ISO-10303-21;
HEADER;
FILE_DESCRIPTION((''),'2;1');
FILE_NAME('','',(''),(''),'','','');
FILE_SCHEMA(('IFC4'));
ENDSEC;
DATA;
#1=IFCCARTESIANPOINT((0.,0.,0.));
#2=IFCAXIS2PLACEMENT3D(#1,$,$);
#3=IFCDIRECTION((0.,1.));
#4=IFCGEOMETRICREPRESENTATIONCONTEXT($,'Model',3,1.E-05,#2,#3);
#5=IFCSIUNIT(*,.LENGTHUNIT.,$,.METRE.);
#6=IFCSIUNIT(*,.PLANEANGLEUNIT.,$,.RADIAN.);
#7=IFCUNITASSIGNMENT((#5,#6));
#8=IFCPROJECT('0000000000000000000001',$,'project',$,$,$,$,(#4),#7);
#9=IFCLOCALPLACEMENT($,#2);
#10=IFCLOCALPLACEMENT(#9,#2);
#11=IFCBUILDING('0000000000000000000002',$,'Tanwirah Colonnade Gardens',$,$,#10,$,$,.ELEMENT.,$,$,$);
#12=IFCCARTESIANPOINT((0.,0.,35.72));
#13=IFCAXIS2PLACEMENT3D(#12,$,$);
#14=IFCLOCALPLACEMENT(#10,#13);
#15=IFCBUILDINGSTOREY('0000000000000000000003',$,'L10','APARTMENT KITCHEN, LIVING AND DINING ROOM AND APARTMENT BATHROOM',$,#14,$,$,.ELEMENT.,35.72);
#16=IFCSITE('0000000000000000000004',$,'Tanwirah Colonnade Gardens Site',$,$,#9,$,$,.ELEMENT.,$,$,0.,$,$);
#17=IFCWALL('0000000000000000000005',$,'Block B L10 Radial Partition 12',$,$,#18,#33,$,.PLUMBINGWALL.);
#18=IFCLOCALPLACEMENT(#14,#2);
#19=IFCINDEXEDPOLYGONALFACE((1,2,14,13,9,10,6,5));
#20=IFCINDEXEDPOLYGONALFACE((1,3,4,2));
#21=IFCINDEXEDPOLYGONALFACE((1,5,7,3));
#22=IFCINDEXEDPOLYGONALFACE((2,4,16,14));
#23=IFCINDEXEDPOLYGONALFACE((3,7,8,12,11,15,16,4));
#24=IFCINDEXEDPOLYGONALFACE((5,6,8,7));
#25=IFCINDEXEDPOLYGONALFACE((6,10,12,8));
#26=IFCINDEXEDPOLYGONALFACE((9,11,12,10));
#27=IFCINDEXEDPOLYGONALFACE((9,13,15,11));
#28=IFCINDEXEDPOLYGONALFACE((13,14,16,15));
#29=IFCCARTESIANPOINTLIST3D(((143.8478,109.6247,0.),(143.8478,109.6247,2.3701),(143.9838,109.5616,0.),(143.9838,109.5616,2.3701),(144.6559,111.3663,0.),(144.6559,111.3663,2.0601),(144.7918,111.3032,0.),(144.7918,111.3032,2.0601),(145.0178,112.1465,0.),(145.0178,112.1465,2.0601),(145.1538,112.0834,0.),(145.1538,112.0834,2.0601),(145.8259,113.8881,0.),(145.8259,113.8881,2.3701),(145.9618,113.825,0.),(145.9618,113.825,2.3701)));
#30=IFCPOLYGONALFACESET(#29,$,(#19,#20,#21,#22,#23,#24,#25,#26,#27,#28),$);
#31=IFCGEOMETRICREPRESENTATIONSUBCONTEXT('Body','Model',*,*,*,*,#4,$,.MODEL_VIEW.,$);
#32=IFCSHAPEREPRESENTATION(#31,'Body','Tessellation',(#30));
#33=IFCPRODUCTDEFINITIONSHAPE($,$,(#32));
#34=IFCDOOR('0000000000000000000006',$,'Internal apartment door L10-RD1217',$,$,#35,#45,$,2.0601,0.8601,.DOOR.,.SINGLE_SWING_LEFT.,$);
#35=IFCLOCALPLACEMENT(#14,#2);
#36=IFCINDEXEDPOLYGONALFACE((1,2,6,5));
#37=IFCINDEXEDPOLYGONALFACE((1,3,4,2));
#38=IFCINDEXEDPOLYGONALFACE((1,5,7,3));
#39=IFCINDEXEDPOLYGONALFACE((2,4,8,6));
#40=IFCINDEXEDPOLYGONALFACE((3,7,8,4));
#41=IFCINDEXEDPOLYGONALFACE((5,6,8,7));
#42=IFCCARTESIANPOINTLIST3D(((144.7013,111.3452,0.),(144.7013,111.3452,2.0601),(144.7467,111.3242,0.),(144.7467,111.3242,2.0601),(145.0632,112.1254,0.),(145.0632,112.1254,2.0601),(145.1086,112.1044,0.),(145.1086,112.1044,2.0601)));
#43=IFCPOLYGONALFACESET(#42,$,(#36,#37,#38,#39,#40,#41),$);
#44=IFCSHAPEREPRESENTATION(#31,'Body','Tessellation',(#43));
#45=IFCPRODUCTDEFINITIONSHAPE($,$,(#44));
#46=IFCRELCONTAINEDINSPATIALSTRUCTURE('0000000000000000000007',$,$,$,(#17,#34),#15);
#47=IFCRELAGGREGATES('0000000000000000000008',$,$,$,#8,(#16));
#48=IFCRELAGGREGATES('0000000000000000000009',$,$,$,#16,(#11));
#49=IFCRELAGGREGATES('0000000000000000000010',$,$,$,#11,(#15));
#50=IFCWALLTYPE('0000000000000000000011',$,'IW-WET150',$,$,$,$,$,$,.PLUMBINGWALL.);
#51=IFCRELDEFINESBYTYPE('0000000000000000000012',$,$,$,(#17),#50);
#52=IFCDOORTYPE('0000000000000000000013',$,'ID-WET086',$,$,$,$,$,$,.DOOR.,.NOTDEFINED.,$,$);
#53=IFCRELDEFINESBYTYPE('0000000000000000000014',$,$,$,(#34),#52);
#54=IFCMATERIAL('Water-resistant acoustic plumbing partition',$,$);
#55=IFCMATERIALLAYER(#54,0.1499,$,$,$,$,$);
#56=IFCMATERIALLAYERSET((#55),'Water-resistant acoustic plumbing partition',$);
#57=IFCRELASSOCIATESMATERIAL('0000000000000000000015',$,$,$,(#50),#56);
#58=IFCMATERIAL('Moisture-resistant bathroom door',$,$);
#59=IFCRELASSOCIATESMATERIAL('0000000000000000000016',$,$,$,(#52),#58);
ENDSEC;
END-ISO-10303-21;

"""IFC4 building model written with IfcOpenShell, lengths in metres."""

from ifc_helpers import new_model, si_unit, direction, frame, frame_2d, origin, place, context, subcontext, project, spatial, rectangle, extrude, material, layer, layer_set, type_object, element, fill, save


model = new_model("IFC4")

# Units and contexts
model_context = context("Model", 3, precision=1e-05, world=origin(), true_north=direction((0.0, 1.0)))
body_context = subcontext(model_context, "Body", "Model", "MODEL_VIEW")
ifc_project = project(units=[si_unit("LENGTHUNIT", "METRE"), si_unit("PLANEANGLEUNIT", "RADIAN")], contexts=[model_context])

# Site, building, storey
site_placement = place(None, origin())
site = spatial("IfcSite", under=ifc_project, at=site_placement, Name="Tanwirah Colonnade Gardens Site", CompositionType="ELEMENT", RefElevation=0.0)
building_placement = place(site_placement, origin())
building = spatial("IfcBuilding", under=site, at=building_placement, Name="Tanwirah Colonnade Gardens", CompositionType="ELEMENT")
storey_placement = place(building_placement, frame((0.0, 0.0, 35.72)))
storey = spatial("IfcBuildingStorey", under=building, at=storey_placement, Name="L10", Description="APARTMENT KITCHEN, LIVING AND DINING ROOM AND APARTMENT BATHROOM", CompositionType="ELEMENT", Elevation=35.72)

# Wall, opening, door
ifc_material_1 = material(Name="Water-resistant acoustic plumbing partition")
ifc_layer_1 = layer(ifc_material_1, 0.1499)
ifc_layer_set_1 = layer_set([ifc_layer_1], Name="Water-resistant acoustic plumbing partition")
wall_type_1 = type_object("IfcWallType", Name="IW-WET150", PredefinedType="PLUMBINGWALL", material=ifc_layer_set_1)
wall_1_placement = place(storey_placement, frame((143.9158, 109.593, 0.0), z_axis=(0.0, 0.0, 1.0), x_axis=(0.420863, 0.907124, 0.0)))
wall_1 = element("IfcWall", 1, at=wall_1_placement, inside=storey, type_object=wall_type_1, Name="Block B L10 Radial Partition 12", PredefinedType="PLUMBINGWALL", context=body_context, shape_type="SweptSolid", body=[
    extrude(rectangle(XDim=4.7, YDim=0.1499, at=frame_2d((2.3501, 0.0))), origin(), (0.0, 0.0, 1.0), 2.3701),
])
opening_1_placement = place(wall_1_placement, frame((1.9199, 0.0, 0.0)))
opening_1 = element("IfcOpeningElement", 2, at=opening_1_placement, cuts=wall_1, PredefinedType="OPENING", context=body_context, shape_type="SweptSolid", body=[
    extrude(rectangle(XDim=0.8601, YDim=2.0601, at=frame_2d((0.4302, 1.03))), frame((0.0, 0.085, 0.0), z_axis=(0.0, -1.0, 0.0), x_axis=(1.0, 0.0, 0.0)), (0.0, 0.0, 1.0), 0.1699),
])
ifc_material_2 = material(Name="Moisture-resistant bathroom door")
door_type_1 = type_object("IfcDoorType", Name="ID-WET086", OperationType="NOTDEFINED", PredefinedType="DOOR", material=ifc_material_2)
door_1_placement = place(opening_1_placement, origin())
door_1 = element("IfcDoor", 3, at=door_1_placement, inside=storey, type_object=door_type_1, Name="Internal apartment door L10-RD1217", OperationType="SINGLE_SWING_LEFT", OverallHeight=2.0601, OverallWidth=0.8601, PredefinedType="DOOR", context=body_context, shape_type="SweptSolid", body=[
    extrude(rectangle(XDim=0.8601, YDim=2.0601, at=frame_2d((0.4302, 1.03))), frame((0.0, 0.0249, 0.0), z_axis=(0.0, -1.0, 0.0), x_axis=(1.0, 0.0, 0.0)), (0.0, 0.0, 1.0), 0.05),
])
fill(opening_1, door_1)

save(model, "model.ifc")
